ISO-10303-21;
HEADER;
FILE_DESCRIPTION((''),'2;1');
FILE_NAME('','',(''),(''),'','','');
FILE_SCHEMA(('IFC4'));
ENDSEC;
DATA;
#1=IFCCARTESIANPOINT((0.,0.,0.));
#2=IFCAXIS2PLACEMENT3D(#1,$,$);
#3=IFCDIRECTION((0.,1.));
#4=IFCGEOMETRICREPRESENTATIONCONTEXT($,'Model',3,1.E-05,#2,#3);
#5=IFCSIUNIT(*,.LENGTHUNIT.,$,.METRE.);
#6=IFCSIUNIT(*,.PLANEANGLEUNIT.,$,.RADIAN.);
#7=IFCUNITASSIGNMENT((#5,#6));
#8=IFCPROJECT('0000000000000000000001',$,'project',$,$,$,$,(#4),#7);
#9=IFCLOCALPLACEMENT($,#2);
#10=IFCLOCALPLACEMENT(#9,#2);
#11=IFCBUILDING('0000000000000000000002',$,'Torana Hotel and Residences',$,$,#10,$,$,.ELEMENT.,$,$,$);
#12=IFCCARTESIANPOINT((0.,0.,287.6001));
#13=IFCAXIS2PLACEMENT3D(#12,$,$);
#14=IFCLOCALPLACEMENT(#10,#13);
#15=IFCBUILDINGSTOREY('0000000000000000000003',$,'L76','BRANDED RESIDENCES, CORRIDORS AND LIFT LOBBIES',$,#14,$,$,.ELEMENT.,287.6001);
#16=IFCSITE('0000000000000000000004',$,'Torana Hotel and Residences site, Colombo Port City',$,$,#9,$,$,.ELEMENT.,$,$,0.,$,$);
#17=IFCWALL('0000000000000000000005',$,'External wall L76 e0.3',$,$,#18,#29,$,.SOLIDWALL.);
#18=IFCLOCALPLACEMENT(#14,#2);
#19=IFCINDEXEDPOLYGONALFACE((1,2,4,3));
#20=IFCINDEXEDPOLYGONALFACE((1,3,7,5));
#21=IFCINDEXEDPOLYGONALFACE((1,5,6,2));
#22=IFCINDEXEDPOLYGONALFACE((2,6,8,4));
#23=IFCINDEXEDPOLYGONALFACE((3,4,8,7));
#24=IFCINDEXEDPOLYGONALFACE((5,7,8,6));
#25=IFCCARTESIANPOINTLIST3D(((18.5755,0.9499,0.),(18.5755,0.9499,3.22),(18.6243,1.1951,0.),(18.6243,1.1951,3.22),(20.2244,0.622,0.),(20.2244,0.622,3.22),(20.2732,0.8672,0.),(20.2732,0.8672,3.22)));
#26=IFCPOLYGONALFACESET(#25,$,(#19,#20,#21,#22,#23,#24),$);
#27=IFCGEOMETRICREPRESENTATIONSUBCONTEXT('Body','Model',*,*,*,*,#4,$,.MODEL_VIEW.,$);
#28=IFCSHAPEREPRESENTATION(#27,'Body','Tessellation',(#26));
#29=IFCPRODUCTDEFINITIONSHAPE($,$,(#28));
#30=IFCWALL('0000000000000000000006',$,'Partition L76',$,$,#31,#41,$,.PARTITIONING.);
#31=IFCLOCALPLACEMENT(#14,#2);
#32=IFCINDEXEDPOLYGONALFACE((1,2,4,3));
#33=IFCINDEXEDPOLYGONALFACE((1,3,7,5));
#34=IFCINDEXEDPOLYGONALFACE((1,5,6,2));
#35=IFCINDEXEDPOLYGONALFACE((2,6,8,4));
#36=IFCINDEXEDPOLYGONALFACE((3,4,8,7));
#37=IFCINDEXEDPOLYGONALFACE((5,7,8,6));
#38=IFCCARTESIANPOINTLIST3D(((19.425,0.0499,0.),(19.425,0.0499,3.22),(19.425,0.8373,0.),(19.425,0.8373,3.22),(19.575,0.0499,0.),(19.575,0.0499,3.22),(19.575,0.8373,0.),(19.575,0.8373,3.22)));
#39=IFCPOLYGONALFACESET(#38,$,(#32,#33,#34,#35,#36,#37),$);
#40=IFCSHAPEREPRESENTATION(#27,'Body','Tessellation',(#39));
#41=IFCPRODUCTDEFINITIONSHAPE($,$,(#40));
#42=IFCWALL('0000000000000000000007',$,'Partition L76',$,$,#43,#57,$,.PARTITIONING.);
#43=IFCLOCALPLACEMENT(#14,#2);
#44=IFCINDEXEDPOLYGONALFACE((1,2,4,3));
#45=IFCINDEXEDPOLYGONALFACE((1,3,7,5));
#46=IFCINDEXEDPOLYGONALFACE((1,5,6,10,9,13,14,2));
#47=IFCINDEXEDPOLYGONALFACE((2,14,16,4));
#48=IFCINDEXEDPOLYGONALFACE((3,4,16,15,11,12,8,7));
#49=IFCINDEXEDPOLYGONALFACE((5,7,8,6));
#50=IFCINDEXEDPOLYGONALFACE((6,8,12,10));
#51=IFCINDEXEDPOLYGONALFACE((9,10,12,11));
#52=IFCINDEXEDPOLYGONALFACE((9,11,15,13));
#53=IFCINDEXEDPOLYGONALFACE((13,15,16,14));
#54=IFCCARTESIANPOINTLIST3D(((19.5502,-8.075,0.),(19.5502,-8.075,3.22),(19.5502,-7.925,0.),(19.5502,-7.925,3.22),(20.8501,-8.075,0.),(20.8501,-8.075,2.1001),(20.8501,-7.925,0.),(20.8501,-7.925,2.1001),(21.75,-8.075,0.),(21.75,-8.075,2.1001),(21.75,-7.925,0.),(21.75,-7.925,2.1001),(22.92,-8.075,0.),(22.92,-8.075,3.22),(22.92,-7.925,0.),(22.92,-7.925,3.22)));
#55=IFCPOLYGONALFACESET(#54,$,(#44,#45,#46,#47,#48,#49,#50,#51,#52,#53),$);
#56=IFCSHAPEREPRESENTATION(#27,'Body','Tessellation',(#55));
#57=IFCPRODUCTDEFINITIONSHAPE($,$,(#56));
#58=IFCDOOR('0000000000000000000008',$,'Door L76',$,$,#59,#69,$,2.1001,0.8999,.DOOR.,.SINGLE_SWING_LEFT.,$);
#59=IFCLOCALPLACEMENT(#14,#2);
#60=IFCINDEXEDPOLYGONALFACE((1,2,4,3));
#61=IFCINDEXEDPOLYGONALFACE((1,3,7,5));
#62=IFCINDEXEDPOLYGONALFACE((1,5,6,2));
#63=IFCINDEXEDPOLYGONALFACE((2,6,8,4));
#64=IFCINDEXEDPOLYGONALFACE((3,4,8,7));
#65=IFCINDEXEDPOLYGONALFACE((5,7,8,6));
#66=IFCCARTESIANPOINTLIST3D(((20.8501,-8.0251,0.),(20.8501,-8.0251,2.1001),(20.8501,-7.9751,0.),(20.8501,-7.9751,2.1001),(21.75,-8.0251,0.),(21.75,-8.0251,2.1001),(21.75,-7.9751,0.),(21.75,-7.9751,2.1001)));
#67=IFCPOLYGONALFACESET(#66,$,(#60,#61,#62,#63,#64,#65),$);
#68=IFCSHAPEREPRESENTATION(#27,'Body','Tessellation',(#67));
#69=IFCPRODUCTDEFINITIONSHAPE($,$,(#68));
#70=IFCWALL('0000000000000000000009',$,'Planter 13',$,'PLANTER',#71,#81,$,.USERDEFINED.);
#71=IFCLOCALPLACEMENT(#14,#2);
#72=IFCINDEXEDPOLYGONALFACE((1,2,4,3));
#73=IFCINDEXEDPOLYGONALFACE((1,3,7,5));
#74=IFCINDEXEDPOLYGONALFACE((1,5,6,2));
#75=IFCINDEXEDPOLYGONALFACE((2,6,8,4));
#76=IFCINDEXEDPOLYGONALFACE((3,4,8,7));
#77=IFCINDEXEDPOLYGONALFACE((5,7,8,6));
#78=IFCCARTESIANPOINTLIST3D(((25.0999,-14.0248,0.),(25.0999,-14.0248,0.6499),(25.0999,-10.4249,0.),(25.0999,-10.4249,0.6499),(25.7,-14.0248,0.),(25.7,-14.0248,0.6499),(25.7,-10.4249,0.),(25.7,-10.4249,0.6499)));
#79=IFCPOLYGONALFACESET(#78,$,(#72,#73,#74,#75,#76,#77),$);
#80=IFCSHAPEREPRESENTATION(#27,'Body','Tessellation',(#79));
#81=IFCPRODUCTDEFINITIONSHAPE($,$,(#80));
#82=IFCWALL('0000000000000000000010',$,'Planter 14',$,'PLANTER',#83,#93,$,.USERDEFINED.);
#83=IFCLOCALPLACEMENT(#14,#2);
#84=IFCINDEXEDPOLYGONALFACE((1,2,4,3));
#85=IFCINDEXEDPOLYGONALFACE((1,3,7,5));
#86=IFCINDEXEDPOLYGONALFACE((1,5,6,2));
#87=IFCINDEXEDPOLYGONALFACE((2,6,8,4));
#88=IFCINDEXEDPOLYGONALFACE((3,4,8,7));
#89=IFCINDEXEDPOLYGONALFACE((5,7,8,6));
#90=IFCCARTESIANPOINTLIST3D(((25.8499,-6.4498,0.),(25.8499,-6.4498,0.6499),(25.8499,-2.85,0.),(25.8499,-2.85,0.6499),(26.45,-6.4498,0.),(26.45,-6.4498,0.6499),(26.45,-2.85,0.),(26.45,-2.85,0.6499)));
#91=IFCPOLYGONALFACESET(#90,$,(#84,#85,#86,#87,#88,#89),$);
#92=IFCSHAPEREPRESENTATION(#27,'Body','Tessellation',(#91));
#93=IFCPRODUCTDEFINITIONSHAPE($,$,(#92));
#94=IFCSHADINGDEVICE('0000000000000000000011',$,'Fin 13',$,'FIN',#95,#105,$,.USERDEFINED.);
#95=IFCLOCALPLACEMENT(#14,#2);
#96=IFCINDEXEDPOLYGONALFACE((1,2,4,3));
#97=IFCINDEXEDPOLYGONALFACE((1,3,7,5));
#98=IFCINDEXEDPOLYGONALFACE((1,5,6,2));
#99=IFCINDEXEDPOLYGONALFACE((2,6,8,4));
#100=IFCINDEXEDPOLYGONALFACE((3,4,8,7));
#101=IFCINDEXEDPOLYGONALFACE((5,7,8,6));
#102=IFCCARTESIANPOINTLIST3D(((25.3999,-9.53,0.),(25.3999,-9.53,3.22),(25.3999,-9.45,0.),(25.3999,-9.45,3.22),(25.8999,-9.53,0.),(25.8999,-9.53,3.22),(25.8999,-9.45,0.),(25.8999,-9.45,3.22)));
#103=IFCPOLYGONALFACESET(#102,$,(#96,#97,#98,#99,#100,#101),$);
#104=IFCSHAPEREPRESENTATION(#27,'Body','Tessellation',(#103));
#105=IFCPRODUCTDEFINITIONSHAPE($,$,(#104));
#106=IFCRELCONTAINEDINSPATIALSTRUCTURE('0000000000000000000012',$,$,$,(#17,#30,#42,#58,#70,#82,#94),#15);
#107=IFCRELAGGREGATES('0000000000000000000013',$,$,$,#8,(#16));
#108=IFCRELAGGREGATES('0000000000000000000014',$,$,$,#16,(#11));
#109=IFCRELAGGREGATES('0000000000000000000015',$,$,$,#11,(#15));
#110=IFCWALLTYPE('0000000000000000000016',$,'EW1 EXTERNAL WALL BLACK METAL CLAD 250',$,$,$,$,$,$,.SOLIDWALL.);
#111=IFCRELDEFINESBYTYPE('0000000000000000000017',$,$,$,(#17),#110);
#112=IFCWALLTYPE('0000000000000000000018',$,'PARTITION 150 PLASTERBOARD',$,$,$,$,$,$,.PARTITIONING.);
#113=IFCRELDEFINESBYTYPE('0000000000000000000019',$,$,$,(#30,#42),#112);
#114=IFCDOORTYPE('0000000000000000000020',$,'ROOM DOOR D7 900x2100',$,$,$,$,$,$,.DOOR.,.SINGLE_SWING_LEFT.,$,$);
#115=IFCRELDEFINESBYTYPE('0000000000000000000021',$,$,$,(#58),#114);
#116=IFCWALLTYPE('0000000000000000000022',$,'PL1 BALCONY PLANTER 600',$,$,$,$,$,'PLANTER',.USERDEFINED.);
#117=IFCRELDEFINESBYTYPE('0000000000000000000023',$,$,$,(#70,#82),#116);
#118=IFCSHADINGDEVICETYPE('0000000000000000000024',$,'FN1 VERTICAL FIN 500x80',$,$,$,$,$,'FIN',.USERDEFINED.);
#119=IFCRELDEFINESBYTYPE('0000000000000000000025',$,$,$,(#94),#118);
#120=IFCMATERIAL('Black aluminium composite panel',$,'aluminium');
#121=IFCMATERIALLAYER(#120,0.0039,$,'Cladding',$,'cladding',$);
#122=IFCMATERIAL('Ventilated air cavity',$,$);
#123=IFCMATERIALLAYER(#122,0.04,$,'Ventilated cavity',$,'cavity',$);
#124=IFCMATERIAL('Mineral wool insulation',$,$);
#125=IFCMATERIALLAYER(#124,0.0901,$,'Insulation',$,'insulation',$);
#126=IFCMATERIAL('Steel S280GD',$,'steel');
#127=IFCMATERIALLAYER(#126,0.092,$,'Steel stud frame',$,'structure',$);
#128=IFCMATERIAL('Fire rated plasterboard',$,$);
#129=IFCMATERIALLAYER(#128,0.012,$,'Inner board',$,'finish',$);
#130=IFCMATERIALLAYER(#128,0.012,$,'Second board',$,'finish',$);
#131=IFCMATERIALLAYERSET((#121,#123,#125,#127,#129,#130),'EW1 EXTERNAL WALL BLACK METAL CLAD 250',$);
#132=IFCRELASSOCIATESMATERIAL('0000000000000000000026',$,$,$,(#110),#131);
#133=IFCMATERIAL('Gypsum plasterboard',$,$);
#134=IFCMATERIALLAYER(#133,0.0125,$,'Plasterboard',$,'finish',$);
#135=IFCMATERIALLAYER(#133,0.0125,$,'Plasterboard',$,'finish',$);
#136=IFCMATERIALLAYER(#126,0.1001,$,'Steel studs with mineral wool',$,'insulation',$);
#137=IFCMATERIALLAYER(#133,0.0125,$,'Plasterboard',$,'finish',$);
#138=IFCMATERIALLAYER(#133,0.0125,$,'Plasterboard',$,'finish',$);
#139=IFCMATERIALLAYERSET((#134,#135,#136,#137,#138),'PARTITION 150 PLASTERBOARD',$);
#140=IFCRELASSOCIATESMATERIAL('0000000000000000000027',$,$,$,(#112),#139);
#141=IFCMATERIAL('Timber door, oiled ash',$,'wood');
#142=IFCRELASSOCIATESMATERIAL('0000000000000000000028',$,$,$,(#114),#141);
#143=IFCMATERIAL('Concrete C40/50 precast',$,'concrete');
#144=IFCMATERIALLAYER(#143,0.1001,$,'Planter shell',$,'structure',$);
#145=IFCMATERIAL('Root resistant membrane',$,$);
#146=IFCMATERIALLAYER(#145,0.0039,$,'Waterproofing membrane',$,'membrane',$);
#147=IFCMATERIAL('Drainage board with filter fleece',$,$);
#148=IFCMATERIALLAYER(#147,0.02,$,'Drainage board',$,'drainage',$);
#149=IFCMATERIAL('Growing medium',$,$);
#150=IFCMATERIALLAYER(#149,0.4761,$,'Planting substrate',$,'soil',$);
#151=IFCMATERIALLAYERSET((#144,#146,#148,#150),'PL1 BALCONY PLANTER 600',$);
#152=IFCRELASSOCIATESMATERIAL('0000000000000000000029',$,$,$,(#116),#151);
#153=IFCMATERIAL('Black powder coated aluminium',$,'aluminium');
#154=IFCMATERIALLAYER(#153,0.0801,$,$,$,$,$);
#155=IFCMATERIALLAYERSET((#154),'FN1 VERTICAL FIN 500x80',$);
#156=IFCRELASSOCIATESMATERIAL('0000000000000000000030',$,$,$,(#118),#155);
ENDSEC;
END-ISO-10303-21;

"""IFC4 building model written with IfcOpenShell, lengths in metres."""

from ifc_helpers import new_model, si_unit, direction, frame, frame_2d, origin, origin_2d, place, context, subcontext, project, spatial, rectangle, extrude, material, layer, layer_set, type_object, element, fill, save


model = new_model("IFC4")

# Units and contexts
model_context = context("Model", 3, precision=1e-05, world=origin(), true_north=direction((0.0, 1.0)))
body_context = subcontext(model_context, "Body", "Model", "MODEL_VIEW")
ifc_project = project(units=[si_unit("LENGTHUNIT", "METRE"), si_unit("PLANEANGLEUNIT", "RADIAN")], contexts=[model_context])

# Site, building, storey
site_placement = place(None, origin())
site = spatial("IfcSite", under=ifc_project, at=site_placement, Name="Torana Hotel and Residences site, Colombo Port City", CompositionType="ELEMENT", RefElevation=0.0)
building_placement = place(site_placement, origin())
building = spatial("IfcBuilding", under=site, at=building_placement, Name="Torana Hotel and Residences", CompositionType="ELEMENT")
storey_placement = place(building_placement, frame((0.0, 0.0, 287.6001)))
storey = spatial("IfcBuildingStorey", under=building, at=storey_placement, Name="L76", Description="BRANDED RESIDENCES, CORRIDORS AND LIFT LOBBIES", CompositionType="ELEMENT", Elevation=287.6001)

# Walls
ifc_material_1 = material(Name="Black aluminium composite panel", Category="aluminium")
ifc_layer_1 = layer(ifc_material_1, 0.0039, Name="Cladding", Category="cladding")
ifc_material_2 = material(Name="Ventilated air cavity")
ifc_layer_2 = layer(ifc_material_2, 0.04, Name="Ventilated cavity", Category="cavity")
ifc_material_3 = material(Name="Mineral wool insulation")
ifc_layer_3 = layer(ifc_material_3, 0.0901, Name="Insulation", Category="insulation")
ifc_material_4 = material(Name="Steel S280GD", Category="steel")
ifc_layer_4 = layer(ifc_material_4, 0.092, Name="Steel stud frame", Category="structure")
ifc_material_5 = material(Name="Fire rated plasterboard")
ifc_layer_5 = layer(ifc_material_5, 0.012, Name="Inner board", Category="finish")
ifc_layer_6 = layer(ifc_material_5, 0.012, Name="Second board", Category="finish")
ifc_layer_set_1 = layer_set([ifc_layer_1, ifc_layer_2, ifc_layer_3, ifc_layer_4, ifc_layer_5, ifc_layer_6], Name="EW1 EXTERNAL WALL BLACK METAL CLAD 250")
wall_type_1 = type_object("IfcWallType", Name="EW1 EXTERNAL WALL BLACK METAL CLAD 250", PredefinedType="SOLIDWALL", material=ifc_layer_set_1)
wall_1_placement = place(storey_placement, frame((20.2488, 0.7446, 0.0), z_axis=(0.0, 0.0, 1.0), x_axis=(-0.980798, 0.195027, 0.0)))
element("IfcWall", 1, at=wall_1_placement, inside=storey, type_object=wall_type_1, Name="External wall L76 e0.3", PredefinedType="SOLIDWALL", context=body_context, shape_type="SweptSolid", body=[
    extrude(rectangle(XDim=1.6812, YDim=0.25, at=frame_2d((0.8406, 0.0))), origin(), (0.0, 0.0, 1.0), 3.22),
])
ifc_material_6 = material(Name="Gypsum plasterboard")
ifc_layer_7 = layer(ifc_material_6, 0.0125, Name="Plasterboard", Category="finish")
ifc_layer_8 = layer(ifc_material_6, 0.0125, Name="Plasterboard", Category="finish")
ifc_layer_9 = layer(ifc_material_4, 0.1001, Name="Steel studs with mineral wool", Category="insulation")
ifc_layer_10 = layer(ifc_material_6, 0.0125, Name="Plasterboard", Category="finish")
ifc_layer_11 = layer(ifc_material_6, 0.0125, Name="Plasterboard", Category="finish")
ifc_layer_set_2 = layer_set([ifc_layer_7, ifc_layer_8, ifc_layer_9, ifc_layer_10, ifc_layer_11], Name="PARTITION 150 PLASTERBOARD")
wall_type_2 = type_object("IfcWallType", Name="PARTITION 150 PLASTERBOARD", PredefinedType="PARTITIONING", material=ifc_layer_set_2)
wall_2_placement = place(storey_placement, frame((19.5, 0.05, 0.0), z_axis=(0.0, 0.0, 1.0), x_axis=(0.0, 1.0, 0.0)))
element("IfcWall", 2, at=wall_2_placement, inside=storey, type_object=wall_type_2, Name="Partition L76", PredefinedType="PARTITIONING", context=body_context, shape_type="SweptSolid", body=[
    extrude(rectangle(XDim=0.7874, YDim=0.1499, at=frame_2d((0.3936, 0.0))), origin(), (0.0, 0.0, 1.0), 3.22),
])

# Wall, opening, door
wall_3_placement = place(storey_placement, frame((19.55, -8.0, 0.0), z_axis=(0.0, 0.0, 1.0), x_axis=(1.0, 0.0, 0.0)))
wall_3 = element("IfcWall", 3, at=wall_3_placement, inside=storey, type_object=wall_type_2, Name="Partition L76", PredefinedType="PARTITIONING", context=body_context, shape_type="SweptSolid", body=[
    extrude(rectangle(XDim=3.3699, YDim=0.1499, at=frame_2d((1.6851, 0.0))), origin(), (0.0, 0.0, 1.0), 3.22),
])
opening_placement = place(wall_3_placement, frame((1.3, 0.0, 0.0)))
opening = element("IfcOpeningElement", 4, at=opening_placement, cuts=wall_3, PredefinedType="OPENING", context=body_context, shape_type="SweptSolid", body=[
    extrude(rectangle(XDim=0.8999, YDim=2.1001, at=frame_2d((0.45, 1.05))), frame((0.0, 0.085, 0.0), z_axis=(0.0, -1.0, 0.0), x_axis=(1.0, 0.0, 0.0)), (0.0, 0.0, 1.0), 0.1699),
])
ifc_material_7 = material(Name="Timber door, oiled ash", Category="wood")
door_type = type_object("IfcDoorType", Name="ROOM DOOR D7 900x2100", OperationType="SINGLE_SWING_LEFT", PredefinedType="DOOR", material=ifc_material_7)
door_placement = place(opening_placement, origin())
door = element("IfcDoor", 5, at=door_placement, inside=storey, type_object=door_type, Name="Door L76", OperationType="SINGLE_SWING_LEFT", OverallHeight=2.1001, OverallWidth=0.8999, PredefinedType="DOOR", context=body_context, shape_type="SweptSolid", body=[
    extrude(rectangle(XDim=0.8999, YDim=2.1001, at=frame_2d((0.45, 1.05))), frame((0.0, 0.0249, 0.0), z_axis=(0.0, -1.0, 0.0), x_axis=(1.0, 0.0, 0.0)), (0.0, 0.0, 1.0), 0.05),
])
fill(opening, door)

# Walls
ifc_material_8 = material(Name="Concrete C40/50 precast", Category="concrete")
ifc_layer_12 = layer(ifc_material_8, 0.1001, Name="Planter shell", Category="structure")
ifc_material_9 = material(Name="Root resistant membrane")
ifc_layer_13 = layer(ifc_material_9, 0.0039, Name="Waterproofing membrane", Category="membrane")
ifc_material_10 = material(Name="Drainage board with filter fleece")
ifc_layer_14 = layer(ifc_material_10, 0.02, Name="Drainage board", Category="drainage")
ifc_material_11 = material(Name="Growing medium")
ifc_layer_15 = layer(ifc_material_11, 0.4761, Name="Planting substrate", Category="soil")
ifc_layer_set_3 = layer_set([ifc_layer_12, ifc_layer_13, ifc_layer_14, ifc_layer_15], Name="PL1 BALCONY PLANTER 600")
wall_type_3 = type_object("IfcWallType", Name="PL1 BALCONY PLANTER 600", ElementType="PLANTER", PredefinedType="USERDEFINED", material=ifc_layer_set_3)
for number, where, z_axis, x_axis, name in (
    (6, (25.3999, -10.425, 0.0), (0.0, 0.0, 1.0), (0.0, -1.0, 0.0), "Planter 13"),
    (7, (26.1499, -2.8501, 0.0), (0.0, 0.0, 1.0), (0.0, -1.0, 0.0), "Planter 14"),
):
    element("IfcWall", number, at=place(storey_placement, frame(where, z_axis=z_axis, x_axis=x_axis)), inside=storey, type_object=wall_type_3, Name=name, ObjectType="PLANTER", PredefinedType="USERDEFINED", context=body_context, shape_type="SweptSolid", body=[
        extrude(rectangle(XDim=3.5999, YDim=0.6001, at=frame_2d((1.7998, 0.0))), origin(), (0.0, 0.0, 1.0), 0.6499),
    ])

# Shading device
ifc_material_12 = material(Name="Black powder coated aluminium", Category="aluminium")
ifc_layer_16 = layer(ifc_material_12, 0.0801)
ifc_layer_set_4 = layer_set([ifc_layer_16], Name="FN1 VERTICAL FIN 500x80")
shading_device_type = type_object("IfcShadingDeviceType", Name="FN1 VERTICAL FIN 500x80", ElementType="FIN", PredefinedType="USERDEFINED", material=ifc_layer_set_4)
shading_device_placement = place(storey_placement, frame((25.6499, -9.49, 0.0), z_axis=(0.0, 0.0, 1.0), x_axis=(0.0, -1.0, 0.0)))
element("IfcShadingDevice", 8, at=shading_device_placement, inside=storey, type_object=shading_device_type, Name="Fin 13", ObjectType="FIN", PredefinedType="USERDEFINED", context=body_context, shape_type="SweptSolid", body=[
    extrude(rectangle(XDim=0.0801, YDim=0.5, at=origin_2d()), origin(), (0.0, 0.0, 1.0), 3.22),
])

save(model, "model.ifc")
